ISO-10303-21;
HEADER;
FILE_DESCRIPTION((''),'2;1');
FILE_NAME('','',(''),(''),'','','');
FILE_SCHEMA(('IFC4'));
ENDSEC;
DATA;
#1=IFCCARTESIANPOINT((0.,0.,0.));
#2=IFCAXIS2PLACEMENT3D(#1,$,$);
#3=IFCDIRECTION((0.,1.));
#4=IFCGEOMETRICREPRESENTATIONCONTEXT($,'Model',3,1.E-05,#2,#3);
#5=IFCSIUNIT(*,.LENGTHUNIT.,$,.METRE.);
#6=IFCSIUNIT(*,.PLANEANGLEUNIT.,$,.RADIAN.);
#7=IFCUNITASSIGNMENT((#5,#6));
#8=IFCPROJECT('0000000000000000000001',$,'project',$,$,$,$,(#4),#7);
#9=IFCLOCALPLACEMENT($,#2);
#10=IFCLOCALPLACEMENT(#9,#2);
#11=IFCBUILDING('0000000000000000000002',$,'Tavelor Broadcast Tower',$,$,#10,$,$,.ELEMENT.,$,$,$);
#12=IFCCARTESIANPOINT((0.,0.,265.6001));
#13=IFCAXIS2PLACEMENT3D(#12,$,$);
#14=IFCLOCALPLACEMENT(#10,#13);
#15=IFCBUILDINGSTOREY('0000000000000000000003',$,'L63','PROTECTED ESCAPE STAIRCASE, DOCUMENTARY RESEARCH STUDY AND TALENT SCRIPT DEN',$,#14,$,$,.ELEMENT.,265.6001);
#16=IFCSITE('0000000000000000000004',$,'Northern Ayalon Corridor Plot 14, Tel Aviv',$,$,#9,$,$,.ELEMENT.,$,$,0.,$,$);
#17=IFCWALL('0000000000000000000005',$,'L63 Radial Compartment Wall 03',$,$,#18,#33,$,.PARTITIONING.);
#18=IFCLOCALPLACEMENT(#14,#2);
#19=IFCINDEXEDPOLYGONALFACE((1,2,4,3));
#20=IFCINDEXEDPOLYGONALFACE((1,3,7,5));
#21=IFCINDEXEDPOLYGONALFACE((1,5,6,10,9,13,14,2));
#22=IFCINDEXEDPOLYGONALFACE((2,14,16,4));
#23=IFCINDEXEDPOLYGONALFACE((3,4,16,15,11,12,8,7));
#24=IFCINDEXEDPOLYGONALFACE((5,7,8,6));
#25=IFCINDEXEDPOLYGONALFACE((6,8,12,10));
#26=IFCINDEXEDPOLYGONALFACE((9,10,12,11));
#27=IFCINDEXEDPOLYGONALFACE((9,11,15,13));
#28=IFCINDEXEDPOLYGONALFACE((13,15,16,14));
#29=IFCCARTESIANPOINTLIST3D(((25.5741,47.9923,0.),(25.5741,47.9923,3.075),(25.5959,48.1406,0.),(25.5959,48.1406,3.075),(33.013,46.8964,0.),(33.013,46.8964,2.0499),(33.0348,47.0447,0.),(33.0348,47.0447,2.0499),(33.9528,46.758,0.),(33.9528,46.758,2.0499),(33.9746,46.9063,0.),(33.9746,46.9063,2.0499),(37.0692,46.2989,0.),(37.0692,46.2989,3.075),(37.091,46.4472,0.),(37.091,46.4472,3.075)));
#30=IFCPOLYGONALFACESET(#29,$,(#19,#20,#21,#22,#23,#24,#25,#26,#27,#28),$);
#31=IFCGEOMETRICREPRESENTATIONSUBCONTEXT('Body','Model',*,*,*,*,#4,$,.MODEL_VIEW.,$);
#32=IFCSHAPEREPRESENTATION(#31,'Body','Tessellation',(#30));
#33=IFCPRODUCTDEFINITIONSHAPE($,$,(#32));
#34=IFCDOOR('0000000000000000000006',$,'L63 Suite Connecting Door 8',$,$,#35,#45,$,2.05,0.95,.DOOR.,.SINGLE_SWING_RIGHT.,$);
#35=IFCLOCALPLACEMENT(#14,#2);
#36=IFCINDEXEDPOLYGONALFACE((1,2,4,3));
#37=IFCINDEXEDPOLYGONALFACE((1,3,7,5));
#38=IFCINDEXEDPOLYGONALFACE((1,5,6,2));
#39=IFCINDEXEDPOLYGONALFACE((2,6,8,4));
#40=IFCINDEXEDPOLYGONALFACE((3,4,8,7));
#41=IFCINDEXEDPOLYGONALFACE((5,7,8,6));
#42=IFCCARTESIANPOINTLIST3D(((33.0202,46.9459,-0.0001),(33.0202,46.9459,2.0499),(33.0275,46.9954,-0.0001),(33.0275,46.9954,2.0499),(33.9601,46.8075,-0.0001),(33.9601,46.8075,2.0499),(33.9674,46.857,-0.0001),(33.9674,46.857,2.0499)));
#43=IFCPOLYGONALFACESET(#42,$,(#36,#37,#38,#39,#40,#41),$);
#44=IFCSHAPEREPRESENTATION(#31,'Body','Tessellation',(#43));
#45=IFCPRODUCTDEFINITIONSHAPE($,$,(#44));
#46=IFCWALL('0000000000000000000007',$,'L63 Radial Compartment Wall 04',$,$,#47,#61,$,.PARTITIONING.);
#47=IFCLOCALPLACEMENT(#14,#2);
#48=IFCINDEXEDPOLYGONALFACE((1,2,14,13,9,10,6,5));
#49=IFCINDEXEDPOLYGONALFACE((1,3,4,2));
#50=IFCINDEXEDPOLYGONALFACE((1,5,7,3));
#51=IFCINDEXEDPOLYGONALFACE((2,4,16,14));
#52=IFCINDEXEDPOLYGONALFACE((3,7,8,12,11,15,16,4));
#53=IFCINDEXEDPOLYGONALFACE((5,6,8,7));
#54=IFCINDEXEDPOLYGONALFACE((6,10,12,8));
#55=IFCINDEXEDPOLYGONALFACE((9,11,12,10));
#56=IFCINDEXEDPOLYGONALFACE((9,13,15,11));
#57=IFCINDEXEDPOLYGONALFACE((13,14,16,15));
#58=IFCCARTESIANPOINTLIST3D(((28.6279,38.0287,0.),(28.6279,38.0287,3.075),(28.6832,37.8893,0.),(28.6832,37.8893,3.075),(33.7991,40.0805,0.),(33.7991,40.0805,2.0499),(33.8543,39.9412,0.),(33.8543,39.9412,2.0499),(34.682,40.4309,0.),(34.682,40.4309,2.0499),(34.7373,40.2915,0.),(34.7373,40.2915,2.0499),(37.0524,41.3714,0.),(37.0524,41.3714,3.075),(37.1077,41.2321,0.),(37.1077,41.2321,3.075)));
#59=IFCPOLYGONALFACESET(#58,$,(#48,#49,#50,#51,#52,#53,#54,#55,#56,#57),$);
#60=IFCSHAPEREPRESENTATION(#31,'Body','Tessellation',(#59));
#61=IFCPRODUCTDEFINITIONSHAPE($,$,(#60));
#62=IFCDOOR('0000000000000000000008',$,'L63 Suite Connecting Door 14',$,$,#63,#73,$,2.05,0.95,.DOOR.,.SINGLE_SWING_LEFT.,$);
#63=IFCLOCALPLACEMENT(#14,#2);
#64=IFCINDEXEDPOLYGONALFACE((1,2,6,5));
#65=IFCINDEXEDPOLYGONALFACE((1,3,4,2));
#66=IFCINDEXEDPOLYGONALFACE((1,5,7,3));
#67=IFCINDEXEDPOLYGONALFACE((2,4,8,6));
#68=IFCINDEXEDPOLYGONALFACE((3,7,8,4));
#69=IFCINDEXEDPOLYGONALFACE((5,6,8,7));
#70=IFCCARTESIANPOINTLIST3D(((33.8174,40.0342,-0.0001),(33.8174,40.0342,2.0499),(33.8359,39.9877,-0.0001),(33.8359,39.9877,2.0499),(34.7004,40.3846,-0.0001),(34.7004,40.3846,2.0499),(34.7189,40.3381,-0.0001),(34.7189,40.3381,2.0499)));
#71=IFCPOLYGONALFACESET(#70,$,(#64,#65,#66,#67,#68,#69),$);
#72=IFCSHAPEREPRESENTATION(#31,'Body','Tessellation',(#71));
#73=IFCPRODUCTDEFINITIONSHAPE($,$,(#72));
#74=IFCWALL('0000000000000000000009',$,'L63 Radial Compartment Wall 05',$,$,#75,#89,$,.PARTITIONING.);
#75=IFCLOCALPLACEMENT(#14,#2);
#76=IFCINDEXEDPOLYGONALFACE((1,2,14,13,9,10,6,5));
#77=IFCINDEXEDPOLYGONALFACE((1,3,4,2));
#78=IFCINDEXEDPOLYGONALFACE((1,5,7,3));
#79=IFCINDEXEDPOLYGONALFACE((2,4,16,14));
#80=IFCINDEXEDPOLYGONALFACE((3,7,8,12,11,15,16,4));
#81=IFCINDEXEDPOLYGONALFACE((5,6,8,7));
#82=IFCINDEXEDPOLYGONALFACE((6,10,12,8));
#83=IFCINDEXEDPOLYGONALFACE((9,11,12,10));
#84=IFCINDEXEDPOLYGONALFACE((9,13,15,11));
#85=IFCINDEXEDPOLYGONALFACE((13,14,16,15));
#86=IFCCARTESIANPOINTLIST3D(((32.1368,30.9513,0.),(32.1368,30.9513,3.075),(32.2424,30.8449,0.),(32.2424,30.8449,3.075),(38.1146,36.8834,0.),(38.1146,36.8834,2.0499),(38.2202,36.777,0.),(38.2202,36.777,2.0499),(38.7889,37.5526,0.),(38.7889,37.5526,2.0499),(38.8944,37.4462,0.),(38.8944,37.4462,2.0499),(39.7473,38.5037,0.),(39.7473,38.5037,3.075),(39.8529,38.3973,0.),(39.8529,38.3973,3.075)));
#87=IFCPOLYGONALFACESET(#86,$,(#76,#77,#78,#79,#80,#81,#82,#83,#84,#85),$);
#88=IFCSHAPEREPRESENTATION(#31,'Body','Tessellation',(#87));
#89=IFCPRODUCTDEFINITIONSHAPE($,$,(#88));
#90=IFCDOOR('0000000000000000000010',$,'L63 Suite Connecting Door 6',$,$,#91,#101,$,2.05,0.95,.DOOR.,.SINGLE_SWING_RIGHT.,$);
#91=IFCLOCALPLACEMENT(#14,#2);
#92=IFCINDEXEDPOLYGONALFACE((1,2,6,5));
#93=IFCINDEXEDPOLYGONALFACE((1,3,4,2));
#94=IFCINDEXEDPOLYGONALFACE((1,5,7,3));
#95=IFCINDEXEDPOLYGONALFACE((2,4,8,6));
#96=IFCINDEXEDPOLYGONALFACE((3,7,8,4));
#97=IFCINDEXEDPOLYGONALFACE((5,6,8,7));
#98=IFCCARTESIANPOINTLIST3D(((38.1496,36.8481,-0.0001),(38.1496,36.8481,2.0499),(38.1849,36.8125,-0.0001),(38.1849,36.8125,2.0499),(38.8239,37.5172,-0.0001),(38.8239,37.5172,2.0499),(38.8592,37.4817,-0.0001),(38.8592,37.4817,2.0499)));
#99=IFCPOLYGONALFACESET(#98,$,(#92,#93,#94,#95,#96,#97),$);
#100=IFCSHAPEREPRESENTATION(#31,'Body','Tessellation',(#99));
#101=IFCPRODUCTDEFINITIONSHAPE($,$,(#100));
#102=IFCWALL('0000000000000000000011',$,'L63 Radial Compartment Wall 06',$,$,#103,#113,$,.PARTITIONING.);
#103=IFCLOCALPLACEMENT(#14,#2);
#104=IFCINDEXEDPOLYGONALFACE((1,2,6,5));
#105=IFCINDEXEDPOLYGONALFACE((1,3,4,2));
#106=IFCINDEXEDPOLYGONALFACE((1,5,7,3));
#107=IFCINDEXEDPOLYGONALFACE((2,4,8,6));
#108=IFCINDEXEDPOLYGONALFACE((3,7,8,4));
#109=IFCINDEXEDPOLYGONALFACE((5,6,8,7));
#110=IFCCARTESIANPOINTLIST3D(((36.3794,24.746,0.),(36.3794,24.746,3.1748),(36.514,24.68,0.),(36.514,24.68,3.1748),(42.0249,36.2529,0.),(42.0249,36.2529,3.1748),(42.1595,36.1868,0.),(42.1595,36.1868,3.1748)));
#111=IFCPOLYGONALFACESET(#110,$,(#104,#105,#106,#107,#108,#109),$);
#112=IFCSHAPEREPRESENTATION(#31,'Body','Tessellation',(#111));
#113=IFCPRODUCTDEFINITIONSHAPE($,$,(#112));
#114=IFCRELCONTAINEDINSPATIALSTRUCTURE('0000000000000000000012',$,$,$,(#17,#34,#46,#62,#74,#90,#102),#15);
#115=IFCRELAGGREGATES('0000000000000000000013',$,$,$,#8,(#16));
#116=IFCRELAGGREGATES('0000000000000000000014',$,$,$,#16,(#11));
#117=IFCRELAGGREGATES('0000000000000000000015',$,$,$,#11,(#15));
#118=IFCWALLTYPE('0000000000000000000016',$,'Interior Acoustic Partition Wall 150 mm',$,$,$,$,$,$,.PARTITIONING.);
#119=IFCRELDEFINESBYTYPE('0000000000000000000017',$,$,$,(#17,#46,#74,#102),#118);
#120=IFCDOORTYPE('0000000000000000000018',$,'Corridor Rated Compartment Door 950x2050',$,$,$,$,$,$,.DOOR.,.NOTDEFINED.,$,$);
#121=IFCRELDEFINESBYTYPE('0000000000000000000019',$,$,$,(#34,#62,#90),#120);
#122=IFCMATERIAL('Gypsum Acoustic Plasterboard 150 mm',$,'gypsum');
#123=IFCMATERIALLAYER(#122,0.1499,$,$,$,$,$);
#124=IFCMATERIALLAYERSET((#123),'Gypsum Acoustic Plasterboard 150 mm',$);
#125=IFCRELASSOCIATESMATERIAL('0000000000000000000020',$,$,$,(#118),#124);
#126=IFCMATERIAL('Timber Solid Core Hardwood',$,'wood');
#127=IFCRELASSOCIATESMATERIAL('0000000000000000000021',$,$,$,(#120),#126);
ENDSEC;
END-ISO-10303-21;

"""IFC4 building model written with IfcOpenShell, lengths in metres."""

from ifc_helpers import new_model, si_unit, direction, frame, frame_2d, origin, place, context, subcontext, project, spatial, rectangle, extrude, material, layer, layer_set, type_object, element, fill, save


model = new_model("IFC4")

# Units and contexts
model_context = context("Model", 3, precision=1e-05, world=origin(), true_north=direction((0.0, 1.0)))
body_context = subcontext(model_context, "Body", "Model", "MODEL_VIEW")
ifc_project = project(units=[si_unit("LENGTHUNIT", "METRE"), si_unit("PLANEANGLEUNIT", "RADIAN")], contexts=[model_context])

# Site, building, storey
site_placement = place(None, origin())
site = spatial("IfcSite", under=ifc_project, at=site_placement, Name="Northern Ayalon Corridor Plot 14, Tel Aviv", CompositionType="ELEMENT", RefElevation=0.0)
building_placement = place(site_placement, origin())
building = spatial("IfcBuilding", under=site, at=building_placement, Name="Tavelor Broadcast Tower", CompositionType="ELEMENT")
storey_placement = place(building_placement, frame((0.0, 0.0, 265.6001)))
storey = spatial("IfcBuildingStorey", under=building, at=storey_placement, Name="L63", Description="PROTECTED ESCAPE STAIRCASE, DOCUMENTARY RESEARCH STUDY AND TALENT SCRIPT DEN", CompositionType="ELEMENT", Elevation=265.6001)

# Shared definitions
ifc_material_1 = material(Name="Gypsum Acoustic Plasterboard 150 mm", Category="gypsum")
ifc_layer_1 = layer(ifc_material_1, 0.1499)
ifc_layer_set_1 = layer_set([ifc_layer_1], Name="Gypsum Acoustic Plasterboard 150 mm")
wall_type_1 = type_object("IfcWallType", Name="Interior Acoustic Partition Wall 150 mm", PredefinedType="PARTITIONING", material=ifc_layer_set_1)
ifc_material_2 = material(Name="Timber Solid Core Hardwood", Category="wood")
door_type_1 = type_object("IfcDoorType", Name="Corridor Rated Compartment Door 950x2050", OperationType="NOTDEFINED", PredefinedType="DOOR", material=ifc_material_2)

# Walls, openings, doors
wall_1_placement = place(storey_placement, frame((37.0801, 46.373, 0.0), z_axis=(0.0, 0.0, 1.0), x_axis=(-0.989323, 0.145738, 0.0)))
wall_1 = element("IfcWall", 1, at=wall_1_placement, inside=storey, type_object=wall_type_1, Name="L63 Radial Compartment Wall 03", PredefinedType="PARTITIONING", context=body_context, shape_type="SweptSolid", body=[
    extrude(rectangle(XDim=11.6191, YDim=0.1499, at=frame_2d((5.8096, 0.0))), origin(), (0.0, 0.0, 1.0), 3.075),
])
opening_1_placement = place(wall_1_placement, frame((3.1499, 0.0, 0.0)))
opening_1 = element("IfcOpeningElement", 2, at=opening_1_placement, cuts=wall_1, PredefinedType="OPENING", context=body_context, shape_type="SweptSolid", body=[
    extrude(rectangle(XDim=0.95, YDim=2.05, at=frame_2d((0.4751, 1.0249))), frame((0.0, 0.085, 0.0), z_axis=(0.0, -1.0, 0.0), x_axis=(1.0, 0.0, 0.0)), (0.0, 0.0, 1.0), 0.1699),
])
door_1_placement = place(opening_1_placement, origin())
door_1 = element("IfcDoor", 3, at=door_1_placement, inside=storey, type_object=door_type_1, Name="L63 Suite Connecting Door 8", OperationType="SINGLE_SWING_RIGHT", OverallHeight=2.05, OverallWidth=0.95, PredefinedType="DOOR", context=body_context, shape_type="SweptSolid", body=[
    extrude(rectangle(XDim=0.95, YDim=2.05, at=frame_2d((0.4751, 1.0249))), frame((0.0, 0.0249, 0.0), z_axis=(0.0, -1.0, 0.0), x_axis=(1.0, 0.0, 0.0)), (0.0, 0.0, 1.0), 0.05),
])
fill(opening_1, door_1)
wall_2_placement = place(storey_placement, frame((37.0801, 41.3018, 0.0), z_axis=(0.0, 0.0, 1.0), x_axis=(-0.929502, -0.368816, 0.0)))
wall_2 = element("IfcWall", 4, at=wall_2_placement, inside=storey, type_object=wall_type_1, Name="L63 Radial Compartment Wall 04", PredefinedType="PARTITIONING", context=body_context, shape_type="SweptSolid", body=[
    extrude(rectangle(XDim=9.0635, YDim=0.1499, at=frame_2d((4.5317, 0.0))), origin(), (0.0, 0.0, 1.0), 3.075),
])
opening_2_placement = place(wall_2_placement, frame((2.55, 0.0, 0.0)))
opening_2 = element("IfcOpeningElement", 5, at=opening_2_placement, cuts=wall_2, PredefinedType="OPENING", context=body_context, shape_type="SweptSolid", body=[
    extrude(rectangle(XDim=0.95, YDim=2.05, at=frame_2d((0.4751, 1.0249))), frame((0.0, 0.085, 0.0), z_axis=(0.0, -1.0, 0.0), x_axis=(1.0, 0.0, 0.0)), (0.0, 0.0, 1.0), 0.1699),
])
door_2_placement = place(opening_2_placement, origin())
door_2 = element("IfcDoor", 6, at=door_2_placement, inside=storey, type_object=door_type_1, Name="L63 Suite Connecting Door 14", OperationType="SINGLE_SWING_LEFT", OverallHeight=2.05, OverallWidth=0.95, PredefinedType="DOOR", context=body_context, shape_type="SweptSolid", body=[
    extrude(rectangle(XDim=0.95, YDim=2.05, at=frame_2d((0.4751, 1.0249))), frame((0.0, 0.0249, 0.0), z_axis=(0.0, -1.0, 0.0), x_axis=(1.0, 0.0, 0.0)), (0.0, 0.0, 1.0), 0.05),
])
fill(opening_2, door_2)
wall_3_placement = place(storey_placement, frame((39.8, 38.4504, 0.0), z_axis=(0.0, 0.0, 1.0), x_axis=(-0.709811, -0.704392, 0.0)))
wall_3 = element("IfcWall", 7, at=wall_3_placement, inside=storey, type_object=wall_type_1, Name="L63 Radial Compartment Wall 05", PredefinedType="PARTITIONING", context=body_context, shape_type="SweptSolid", body=[
    extrude(rectangle(XDim=10.7219, YDim=0.1499, at=frame_2d((5.3608, 0.0))), origin(), (0.0, 0.0, 1.0), 3.075),
])
opening_3_placement = place(wall_3_placement, frame((1.3501, 0.0, 0.0)))
opening_3 = element("IfcOpeningElement", 8, at=opening_3_placement, cuts=wall_3, PredefinedType="OPENING", context=body_context, shape_type="SweptSolid", body=[
    extrude(rectangle(XDim=0.95, YDim=2.05, at=frame_2d((0.4751, 1.0249))), frame((0.0, 0.085, 0.0), z_axis=(0.0, -1.0, 0.0), x_axis=(1.0, 0.0, 0.0)), (0.0, 0.0, 1.0), 0.1699),
])
door_3_placement = place(opening_3_placement, origin())
door_3 = element("IfcDoor", 9, at=door_3_placement, inside=storey, type_object=door_type_1, Name="L63 Suite Connecting Door 6", OperationType="SINGLE_SWING_RIGHT", OverallHeight=2.05, OverallWidth=0.95, PredefinedType="DOOR", context=body_context, shape_type="SweptSolid", body=[
    extrude(rectangle(XDim=0.95, YDim=2.05, at=frame_2d((0.4751, 1.0249))), frame((0.0, 0.0249, 0.0), z_axis=(0.0, -1.0, 0.0), x_axis=(1.0, 0.0, 0.0)), (0.0, 0.0, 1.0), 0.05),
])
fill(opening_3, door_3)

# Wall
wall_4_placement = place(storey_placement, frame((42.0923, 36.22, 0.0), z_axis=(0.0, 0.0, 1.0), x_axis=(-0.440466, -0.89777, 0.0)))
element("IfcWall", 10, at=wall_4_placement, inside=storey, type_object=wall_type_1, Name="L63 Radial Compartment Wall 06", PredefinedType="PARTITIONING", context=body_context, shape_type="SweptSolid", body=[
    extrude(rectangle(XDim=12.8171, YDim=0.1499, at=frame_2d((6.4087, 0.0))), origin(), (0.0, 0.0, 1.0), 3.1748),
])

save(model, "model.ifc")
